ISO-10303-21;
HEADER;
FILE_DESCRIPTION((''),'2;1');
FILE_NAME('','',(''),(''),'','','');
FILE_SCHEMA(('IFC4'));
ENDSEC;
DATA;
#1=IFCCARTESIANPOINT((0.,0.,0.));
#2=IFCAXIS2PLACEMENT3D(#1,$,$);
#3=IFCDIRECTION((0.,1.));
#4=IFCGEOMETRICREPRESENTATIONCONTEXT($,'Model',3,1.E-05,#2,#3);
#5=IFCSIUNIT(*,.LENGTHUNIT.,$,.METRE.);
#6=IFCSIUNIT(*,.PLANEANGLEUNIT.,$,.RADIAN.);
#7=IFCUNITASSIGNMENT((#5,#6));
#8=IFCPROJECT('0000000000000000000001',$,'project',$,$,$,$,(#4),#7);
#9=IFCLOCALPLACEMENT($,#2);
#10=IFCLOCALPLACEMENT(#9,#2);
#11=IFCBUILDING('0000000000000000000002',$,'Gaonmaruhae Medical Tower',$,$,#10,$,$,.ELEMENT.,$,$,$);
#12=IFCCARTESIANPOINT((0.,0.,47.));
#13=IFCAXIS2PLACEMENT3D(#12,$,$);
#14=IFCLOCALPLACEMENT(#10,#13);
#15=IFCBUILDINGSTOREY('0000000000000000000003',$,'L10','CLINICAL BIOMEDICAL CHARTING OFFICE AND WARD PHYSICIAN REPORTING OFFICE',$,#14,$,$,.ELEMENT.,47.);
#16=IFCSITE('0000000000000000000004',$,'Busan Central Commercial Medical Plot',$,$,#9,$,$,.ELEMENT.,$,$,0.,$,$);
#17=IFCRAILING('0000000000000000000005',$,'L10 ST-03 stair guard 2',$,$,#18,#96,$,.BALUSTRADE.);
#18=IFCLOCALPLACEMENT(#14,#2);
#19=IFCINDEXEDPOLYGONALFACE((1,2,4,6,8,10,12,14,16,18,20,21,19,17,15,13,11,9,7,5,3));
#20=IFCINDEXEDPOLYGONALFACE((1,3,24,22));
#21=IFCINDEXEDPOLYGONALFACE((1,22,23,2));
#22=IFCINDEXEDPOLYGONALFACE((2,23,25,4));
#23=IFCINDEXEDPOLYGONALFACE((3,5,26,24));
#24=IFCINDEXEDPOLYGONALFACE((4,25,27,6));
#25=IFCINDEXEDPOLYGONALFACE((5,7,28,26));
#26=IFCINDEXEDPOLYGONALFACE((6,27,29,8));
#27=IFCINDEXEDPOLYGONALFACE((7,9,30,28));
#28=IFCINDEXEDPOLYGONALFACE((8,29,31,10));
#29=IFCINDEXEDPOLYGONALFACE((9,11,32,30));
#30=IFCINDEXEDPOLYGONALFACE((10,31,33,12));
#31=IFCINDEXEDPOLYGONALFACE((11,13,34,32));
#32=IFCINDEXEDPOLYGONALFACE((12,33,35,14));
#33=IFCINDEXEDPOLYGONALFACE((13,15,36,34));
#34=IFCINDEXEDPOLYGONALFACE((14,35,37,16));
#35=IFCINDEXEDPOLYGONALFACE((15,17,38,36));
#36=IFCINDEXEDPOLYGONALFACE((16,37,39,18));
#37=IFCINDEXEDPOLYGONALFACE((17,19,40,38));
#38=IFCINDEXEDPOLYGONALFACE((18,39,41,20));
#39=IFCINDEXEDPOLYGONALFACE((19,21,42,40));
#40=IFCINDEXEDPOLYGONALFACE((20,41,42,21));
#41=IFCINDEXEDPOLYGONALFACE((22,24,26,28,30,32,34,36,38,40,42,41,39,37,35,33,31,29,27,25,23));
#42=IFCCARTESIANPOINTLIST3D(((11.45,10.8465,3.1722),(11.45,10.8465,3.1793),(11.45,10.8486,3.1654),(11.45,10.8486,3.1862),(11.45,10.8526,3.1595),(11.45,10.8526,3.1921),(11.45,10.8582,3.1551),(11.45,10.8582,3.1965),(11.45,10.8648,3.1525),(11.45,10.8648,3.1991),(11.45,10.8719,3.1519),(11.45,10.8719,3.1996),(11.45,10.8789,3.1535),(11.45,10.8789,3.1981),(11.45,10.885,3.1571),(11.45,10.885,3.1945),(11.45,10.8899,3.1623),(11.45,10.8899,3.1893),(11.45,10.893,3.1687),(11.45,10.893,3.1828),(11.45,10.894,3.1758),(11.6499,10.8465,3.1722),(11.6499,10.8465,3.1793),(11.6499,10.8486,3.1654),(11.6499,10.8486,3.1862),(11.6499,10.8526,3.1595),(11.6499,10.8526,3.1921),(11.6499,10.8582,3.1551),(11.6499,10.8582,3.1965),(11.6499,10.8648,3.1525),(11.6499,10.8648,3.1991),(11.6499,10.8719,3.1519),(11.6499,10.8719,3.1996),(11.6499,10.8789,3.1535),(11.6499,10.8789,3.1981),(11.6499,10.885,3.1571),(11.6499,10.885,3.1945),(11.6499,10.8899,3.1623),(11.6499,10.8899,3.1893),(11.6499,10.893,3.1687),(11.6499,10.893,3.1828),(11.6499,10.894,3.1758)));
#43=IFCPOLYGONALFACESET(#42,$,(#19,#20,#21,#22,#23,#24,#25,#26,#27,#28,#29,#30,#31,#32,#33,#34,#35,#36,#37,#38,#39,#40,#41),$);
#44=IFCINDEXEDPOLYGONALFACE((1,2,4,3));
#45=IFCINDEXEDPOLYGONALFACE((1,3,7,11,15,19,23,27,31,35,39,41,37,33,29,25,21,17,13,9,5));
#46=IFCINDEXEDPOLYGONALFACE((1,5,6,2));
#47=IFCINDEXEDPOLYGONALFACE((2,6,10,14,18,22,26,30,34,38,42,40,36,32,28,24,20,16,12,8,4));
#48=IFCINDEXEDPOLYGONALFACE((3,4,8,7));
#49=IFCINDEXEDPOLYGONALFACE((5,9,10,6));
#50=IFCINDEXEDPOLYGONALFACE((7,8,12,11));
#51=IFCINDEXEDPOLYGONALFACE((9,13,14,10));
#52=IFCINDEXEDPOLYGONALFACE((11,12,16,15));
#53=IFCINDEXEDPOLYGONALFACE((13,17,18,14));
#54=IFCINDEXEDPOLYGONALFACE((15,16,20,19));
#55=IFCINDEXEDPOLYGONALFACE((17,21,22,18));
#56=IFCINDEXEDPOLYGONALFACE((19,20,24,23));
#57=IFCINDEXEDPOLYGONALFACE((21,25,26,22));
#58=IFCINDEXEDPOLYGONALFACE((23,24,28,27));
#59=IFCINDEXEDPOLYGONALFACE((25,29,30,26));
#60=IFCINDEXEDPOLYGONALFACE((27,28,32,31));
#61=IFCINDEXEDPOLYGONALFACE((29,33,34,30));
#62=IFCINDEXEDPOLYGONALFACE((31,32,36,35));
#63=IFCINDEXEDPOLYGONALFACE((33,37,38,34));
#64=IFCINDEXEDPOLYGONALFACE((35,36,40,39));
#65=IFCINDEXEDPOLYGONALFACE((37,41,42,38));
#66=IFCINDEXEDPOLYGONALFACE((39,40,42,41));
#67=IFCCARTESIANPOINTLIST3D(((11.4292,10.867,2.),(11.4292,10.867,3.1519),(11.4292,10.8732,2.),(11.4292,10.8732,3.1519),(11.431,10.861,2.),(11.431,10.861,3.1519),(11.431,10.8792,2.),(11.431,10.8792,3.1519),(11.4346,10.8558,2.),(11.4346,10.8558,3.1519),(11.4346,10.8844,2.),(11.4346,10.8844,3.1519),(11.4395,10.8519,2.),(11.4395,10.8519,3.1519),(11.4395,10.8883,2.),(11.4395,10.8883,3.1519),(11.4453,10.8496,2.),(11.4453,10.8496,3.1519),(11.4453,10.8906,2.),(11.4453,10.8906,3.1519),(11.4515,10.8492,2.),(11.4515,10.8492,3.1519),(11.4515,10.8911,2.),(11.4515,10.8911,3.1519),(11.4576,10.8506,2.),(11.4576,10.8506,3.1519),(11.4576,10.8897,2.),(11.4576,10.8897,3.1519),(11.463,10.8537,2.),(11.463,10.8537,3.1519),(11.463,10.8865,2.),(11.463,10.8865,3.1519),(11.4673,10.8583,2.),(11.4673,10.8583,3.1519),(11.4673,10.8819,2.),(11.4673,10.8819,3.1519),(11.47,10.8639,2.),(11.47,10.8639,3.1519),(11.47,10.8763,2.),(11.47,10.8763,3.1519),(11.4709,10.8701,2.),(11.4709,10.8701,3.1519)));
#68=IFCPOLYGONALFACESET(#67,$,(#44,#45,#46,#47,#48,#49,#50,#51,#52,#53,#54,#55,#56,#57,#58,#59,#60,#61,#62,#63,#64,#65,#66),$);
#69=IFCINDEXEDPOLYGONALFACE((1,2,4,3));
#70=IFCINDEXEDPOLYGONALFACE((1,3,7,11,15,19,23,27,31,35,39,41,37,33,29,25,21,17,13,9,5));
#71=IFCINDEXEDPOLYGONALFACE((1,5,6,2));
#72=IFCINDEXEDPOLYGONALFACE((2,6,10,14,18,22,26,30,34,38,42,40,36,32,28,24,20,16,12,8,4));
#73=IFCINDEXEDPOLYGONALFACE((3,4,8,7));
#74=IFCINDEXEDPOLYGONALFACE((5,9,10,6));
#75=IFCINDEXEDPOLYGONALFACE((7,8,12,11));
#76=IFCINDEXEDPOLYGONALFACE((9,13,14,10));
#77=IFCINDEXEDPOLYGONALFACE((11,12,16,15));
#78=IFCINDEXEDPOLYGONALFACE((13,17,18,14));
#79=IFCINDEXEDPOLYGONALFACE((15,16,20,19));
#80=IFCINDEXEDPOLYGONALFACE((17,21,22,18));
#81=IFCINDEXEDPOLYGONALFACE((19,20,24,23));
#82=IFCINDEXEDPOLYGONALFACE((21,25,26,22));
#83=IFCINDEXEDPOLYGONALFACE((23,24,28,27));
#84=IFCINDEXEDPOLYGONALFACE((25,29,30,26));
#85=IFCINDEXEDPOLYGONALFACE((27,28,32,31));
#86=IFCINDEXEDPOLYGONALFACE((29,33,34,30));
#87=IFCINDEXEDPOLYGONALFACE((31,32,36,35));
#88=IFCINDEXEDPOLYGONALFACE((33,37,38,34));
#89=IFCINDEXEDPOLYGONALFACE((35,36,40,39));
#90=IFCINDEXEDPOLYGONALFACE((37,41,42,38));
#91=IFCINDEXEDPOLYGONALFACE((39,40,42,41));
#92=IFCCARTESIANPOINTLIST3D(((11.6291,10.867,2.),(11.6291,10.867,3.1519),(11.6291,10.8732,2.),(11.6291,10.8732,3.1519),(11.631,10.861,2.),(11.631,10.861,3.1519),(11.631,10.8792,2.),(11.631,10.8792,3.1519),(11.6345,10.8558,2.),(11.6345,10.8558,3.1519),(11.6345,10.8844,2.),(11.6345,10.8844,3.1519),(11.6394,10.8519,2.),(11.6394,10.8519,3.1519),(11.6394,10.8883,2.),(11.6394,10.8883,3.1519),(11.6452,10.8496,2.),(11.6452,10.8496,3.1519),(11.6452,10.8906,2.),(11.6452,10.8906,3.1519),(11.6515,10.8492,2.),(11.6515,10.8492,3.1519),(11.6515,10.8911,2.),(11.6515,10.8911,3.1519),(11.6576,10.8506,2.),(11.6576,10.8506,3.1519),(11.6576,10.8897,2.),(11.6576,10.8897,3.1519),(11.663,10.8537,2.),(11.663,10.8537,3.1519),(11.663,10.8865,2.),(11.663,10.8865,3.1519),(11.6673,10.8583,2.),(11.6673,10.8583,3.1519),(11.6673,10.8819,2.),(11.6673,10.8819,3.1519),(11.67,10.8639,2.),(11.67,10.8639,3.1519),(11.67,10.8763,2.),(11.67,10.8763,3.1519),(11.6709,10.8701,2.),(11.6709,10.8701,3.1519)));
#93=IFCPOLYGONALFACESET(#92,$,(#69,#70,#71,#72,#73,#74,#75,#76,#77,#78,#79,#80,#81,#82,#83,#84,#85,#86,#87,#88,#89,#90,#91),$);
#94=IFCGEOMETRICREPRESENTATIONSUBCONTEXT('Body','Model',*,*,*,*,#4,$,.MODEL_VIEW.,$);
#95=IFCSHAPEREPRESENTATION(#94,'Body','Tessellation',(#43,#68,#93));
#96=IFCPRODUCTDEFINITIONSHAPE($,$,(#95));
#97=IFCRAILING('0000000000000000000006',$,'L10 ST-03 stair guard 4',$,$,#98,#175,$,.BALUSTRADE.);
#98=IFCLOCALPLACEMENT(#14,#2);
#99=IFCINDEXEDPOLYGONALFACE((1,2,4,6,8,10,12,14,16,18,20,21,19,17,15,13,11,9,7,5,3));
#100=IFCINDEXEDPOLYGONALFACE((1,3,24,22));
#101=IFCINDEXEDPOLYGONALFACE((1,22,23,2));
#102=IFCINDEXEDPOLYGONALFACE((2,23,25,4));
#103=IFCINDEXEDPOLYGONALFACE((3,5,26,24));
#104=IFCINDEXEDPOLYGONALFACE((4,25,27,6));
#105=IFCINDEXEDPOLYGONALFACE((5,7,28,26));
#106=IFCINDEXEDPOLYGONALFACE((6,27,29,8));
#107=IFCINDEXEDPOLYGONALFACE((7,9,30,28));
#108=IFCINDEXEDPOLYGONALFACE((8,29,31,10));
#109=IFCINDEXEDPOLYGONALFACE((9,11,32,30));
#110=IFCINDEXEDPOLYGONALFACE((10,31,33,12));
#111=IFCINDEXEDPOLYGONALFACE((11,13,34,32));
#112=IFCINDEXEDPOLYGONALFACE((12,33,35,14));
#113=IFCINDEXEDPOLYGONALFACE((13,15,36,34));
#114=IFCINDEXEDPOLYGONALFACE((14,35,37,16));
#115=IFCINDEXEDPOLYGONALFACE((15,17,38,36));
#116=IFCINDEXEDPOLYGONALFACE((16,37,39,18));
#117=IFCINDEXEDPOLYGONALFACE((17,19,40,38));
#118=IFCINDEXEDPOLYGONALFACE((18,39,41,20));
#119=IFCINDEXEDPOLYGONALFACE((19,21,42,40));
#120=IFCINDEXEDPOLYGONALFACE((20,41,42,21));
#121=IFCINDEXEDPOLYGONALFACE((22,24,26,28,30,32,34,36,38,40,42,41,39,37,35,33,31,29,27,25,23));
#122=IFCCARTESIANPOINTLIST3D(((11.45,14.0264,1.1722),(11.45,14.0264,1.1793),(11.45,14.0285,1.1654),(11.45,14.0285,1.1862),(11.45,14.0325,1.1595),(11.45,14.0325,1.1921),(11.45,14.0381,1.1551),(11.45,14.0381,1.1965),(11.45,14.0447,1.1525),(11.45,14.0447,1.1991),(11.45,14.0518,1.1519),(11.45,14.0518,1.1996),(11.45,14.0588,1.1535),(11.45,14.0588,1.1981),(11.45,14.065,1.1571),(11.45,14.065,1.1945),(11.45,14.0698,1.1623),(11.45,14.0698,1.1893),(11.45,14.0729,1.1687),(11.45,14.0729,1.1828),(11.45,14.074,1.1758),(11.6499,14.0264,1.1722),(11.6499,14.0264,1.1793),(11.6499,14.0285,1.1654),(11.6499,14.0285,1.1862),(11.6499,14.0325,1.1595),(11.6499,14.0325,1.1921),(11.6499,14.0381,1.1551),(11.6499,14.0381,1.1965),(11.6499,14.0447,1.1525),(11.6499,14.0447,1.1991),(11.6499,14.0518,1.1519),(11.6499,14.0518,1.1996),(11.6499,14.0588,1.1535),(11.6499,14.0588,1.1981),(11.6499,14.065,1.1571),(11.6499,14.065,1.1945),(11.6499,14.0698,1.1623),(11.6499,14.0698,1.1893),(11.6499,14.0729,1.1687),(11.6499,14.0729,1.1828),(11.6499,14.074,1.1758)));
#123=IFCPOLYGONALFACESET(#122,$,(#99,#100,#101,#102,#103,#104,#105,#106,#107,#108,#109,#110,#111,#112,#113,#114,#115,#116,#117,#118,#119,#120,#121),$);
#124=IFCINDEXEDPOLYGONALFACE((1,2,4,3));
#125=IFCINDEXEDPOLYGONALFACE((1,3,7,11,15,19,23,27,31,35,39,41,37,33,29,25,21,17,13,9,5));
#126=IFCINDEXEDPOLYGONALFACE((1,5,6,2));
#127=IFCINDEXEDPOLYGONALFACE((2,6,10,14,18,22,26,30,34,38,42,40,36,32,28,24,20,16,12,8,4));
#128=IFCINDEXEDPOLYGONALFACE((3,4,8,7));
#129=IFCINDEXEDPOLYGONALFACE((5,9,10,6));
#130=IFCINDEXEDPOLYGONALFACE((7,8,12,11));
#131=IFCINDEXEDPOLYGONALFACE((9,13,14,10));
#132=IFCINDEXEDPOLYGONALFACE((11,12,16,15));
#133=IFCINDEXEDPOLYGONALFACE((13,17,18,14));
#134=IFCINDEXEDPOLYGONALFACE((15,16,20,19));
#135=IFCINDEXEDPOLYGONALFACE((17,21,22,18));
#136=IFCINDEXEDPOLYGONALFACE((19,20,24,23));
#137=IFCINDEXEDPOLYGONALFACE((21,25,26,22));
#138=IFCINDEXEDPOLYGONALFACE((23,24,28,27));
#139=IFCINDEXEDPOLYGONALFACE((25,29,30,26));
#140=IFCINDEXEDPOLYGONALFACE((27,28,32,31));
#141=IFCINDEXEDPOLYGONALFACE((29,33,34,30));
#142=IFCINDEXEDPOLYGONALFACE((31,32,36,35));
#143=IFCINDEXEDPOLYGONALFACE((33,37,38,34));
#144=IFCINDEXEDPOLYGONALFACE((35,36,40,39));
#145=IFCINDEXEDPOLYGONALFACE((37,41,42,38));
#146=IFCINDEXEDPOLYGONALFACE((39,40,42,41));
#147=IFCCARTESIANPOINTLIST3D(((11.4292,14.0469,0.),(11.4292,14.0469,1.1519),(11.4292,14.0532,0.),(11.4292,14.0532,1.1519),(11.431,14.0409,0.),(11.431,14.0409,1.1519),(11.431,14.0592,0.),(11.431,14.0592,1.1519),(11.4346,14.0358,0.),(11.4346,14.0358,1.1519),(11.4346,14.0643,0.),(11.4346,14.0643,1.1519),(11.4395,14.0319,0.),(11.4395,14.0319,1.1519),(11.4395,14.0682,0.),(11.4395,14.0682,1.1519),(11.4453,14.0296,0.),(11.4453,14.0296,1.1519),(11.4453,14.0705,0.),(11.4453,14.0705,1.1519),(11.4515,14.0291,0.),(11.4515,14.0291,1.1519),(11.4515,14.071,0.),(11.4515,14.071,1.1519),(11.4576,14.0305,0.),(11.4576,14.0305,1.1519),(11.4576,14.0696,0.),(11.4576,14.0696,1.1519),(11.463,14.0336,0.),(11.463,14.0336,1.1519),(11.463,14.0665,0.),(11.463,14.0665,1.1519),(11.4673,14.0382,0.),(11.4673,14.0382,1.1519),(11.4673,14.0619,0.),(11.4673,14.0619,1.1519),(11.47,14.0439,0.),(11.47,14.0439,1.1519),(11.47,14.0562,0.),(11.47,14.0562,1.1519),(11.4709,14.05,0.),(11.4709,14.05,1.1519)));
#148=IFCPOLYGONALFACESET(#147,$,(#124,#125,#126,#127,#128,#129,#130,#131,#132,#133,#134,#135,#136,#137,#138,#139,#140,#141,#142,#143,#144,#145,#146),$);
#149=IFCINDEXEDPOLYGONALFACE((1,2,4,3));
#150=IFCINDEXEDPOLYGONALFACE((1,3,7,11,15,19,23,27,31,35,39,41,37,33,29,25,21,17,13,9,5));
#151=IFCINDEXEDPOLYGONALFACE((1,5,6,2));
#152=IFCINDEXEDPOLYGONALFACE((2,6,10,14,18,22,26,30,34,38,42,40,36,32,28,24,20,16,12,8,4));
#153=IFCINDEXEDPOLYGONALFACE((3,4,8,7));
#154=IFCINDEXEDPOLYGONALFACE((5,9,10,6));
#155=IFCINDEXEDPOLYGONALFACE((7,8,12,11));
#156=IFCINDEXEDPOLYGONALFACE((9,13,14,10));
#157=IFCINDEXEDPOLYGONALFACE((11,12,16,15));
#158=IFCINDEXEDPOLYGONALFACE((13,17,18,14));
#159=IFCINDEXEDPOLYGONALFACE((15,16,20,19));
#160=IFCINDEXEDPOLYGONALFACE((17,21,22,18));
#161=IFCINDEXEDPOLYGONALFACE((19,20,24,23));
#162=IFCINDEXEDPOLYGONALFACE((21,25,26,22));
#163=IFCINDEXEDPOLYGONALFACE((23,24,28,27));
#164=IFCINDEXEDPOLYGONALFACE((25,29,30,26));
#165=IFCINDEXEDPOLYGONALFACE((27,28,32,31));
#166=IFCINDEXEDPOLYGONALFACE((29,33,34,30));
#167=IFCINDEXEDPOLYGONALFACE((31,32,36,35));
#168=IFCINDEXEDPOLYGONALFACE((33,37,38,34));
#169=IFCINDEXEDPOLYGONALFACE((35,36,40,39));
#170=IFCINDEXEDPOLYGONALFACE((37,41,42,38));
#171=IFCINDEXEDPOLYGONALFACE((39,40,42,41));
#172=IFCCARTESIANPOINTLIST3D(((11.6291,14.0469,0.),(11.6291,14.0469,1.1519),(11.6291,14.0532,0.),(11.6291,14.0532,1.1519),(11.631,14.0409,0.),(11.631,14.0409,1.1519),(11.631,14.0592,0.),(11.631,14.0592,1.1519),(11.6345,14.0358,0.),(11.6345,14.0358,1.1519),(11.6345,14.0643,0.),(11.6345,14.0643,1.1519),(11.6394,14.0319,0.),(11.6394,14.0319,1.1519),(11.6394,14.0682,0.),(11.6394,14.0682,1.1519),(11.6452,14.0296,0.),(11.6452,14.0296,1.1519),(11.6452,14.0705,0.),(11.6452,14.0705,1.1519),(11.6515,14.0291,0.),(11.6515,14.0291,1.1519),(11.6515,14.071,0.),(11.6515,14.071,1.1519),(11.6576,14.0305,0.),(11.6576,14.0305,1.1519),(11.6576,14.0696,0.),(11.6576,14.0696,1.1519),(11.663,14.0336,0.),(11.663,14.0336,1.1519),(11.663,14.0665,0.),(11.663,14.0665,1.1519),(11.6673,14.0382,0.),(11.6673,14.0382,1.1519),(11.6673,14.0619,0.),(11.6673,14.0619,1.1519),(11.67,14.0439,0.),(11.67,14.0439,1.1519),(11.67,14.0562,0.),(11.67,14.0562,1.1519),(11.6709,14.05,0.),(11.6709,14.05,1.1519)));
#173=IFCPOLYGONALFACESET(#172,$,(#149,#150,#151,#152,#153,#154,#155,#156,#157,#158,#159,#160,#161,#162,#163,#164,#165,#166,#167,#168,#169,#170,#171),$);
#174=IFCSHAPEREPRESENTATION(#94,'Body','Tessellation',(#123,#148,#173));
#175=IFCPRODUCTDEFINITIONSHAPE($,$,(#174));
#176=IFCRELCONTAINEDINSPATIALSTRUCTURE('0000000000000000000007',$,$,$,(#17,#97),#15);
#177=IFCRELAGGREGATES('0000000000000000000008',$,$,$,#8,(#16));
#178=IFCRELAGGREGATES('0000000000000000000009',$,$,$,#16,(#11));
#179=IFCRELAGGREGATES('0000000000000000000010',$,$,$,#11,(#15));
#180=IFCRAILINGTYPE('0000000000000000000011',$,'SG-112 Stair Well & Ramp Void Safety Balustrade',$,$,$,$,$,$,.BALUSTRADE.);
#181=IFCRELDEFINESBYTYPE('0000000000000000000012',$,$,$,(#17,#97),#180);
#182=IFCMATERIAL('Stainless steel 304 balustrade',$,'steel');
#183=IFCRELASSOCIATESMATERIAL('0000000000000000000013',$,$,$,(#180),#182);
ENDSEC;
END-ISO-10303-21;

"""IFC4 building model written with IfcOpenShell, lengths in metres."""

from ifc_helpers import new_model, si_unit, direction, frame, origin, origin_2d, place, context, subcontext, project, spatial, circle, extrude, material, type_object, element, save


model = new_model("IFC4")

# Units and contexts
model_context = context("Model", 3, precision=1e-05, world=origin(), true_north=direction((0.0, 1.0)))
body_context = subcontext(model_context, "Body", "Model", "MODEL_VIEW")
ifc_project = project(units=[si_unit("LENGTHUNIT", "METRE"), si_unit("PLANEANGLEUNIT", "RADIAN")], contexts=[model_context])

# Site, building, storey
site_placement = place(None, origin())
site = spatial("IfcSite", under=ifc_project, at=site_placement, Name="Busan Central Commercial Medical Plot", CompositionType="ELEMENT", RefElevation=0.0)
building_placement = place(site_placement, origin())
building = spatial("IfcBuilding", under=site, at=building_placement, Name="Gaonmaruhae Medical Tower", CompositionType="ELEMENT")
storey_placement = place(building_placement, frame((0.0, 0.0, 47.0)))
storey = spatial("IfcBuildingStorey", under=building, at=storey_placement, Name="L10", Description="CLINICAL BIOMEDICAL CHARTING OFFICE AND WARD PHYSICIAN REPORTING OFFICE", CompositionType="ELEMENT", Elevation=47.0)

# Railings
ifc_material_1 = material(Name="Stainless steel 304 balustrade", Category="steel")
railing_type_1 = type_object("IfcRailingType", Name="SG-112 Stair Well & Ramp Void Safety Balustrade", PredefinedType="BALUSTRADE", material=ifc_material_1)
for number, where, name in (
    (1, (11.45, 10.8701, 2.0), "L10 ST-03 stair guard 2"),
    (2, (11.45, 14.05, 0.0), "L10 ST-03 stair guard 4"),
):
    element("IfcRailing", number, at=place(storey_placement, frame(where)), inside=storey, type_object=railing_type_1, Name=name, PredefinedType="BALUSTRADE", context=body_context, shape_type="SweptSolid", body=[
        extrude(circle(Radius=0.0239, at=origin_2d()), frame((0.0, 0.0, 1.1758), z_axis=(1.0, 0.0, 0.0), x_axis=(0.0, 1.0, 0.0)), (0.0, 0.0, 1.0), 0.2),
        extrude(circle(Radius=0.021, at=origin_2d()), origin(), (0.0, 0.0, 1.0), 1.1519),
        extrude(circle(Radius=0.021, at=origin_2d()), frame((0.2, 0.0, 0.0)), (0.0, 0.0, 1.0), 1.1519),
    ])

save(model, "model.ifc")
